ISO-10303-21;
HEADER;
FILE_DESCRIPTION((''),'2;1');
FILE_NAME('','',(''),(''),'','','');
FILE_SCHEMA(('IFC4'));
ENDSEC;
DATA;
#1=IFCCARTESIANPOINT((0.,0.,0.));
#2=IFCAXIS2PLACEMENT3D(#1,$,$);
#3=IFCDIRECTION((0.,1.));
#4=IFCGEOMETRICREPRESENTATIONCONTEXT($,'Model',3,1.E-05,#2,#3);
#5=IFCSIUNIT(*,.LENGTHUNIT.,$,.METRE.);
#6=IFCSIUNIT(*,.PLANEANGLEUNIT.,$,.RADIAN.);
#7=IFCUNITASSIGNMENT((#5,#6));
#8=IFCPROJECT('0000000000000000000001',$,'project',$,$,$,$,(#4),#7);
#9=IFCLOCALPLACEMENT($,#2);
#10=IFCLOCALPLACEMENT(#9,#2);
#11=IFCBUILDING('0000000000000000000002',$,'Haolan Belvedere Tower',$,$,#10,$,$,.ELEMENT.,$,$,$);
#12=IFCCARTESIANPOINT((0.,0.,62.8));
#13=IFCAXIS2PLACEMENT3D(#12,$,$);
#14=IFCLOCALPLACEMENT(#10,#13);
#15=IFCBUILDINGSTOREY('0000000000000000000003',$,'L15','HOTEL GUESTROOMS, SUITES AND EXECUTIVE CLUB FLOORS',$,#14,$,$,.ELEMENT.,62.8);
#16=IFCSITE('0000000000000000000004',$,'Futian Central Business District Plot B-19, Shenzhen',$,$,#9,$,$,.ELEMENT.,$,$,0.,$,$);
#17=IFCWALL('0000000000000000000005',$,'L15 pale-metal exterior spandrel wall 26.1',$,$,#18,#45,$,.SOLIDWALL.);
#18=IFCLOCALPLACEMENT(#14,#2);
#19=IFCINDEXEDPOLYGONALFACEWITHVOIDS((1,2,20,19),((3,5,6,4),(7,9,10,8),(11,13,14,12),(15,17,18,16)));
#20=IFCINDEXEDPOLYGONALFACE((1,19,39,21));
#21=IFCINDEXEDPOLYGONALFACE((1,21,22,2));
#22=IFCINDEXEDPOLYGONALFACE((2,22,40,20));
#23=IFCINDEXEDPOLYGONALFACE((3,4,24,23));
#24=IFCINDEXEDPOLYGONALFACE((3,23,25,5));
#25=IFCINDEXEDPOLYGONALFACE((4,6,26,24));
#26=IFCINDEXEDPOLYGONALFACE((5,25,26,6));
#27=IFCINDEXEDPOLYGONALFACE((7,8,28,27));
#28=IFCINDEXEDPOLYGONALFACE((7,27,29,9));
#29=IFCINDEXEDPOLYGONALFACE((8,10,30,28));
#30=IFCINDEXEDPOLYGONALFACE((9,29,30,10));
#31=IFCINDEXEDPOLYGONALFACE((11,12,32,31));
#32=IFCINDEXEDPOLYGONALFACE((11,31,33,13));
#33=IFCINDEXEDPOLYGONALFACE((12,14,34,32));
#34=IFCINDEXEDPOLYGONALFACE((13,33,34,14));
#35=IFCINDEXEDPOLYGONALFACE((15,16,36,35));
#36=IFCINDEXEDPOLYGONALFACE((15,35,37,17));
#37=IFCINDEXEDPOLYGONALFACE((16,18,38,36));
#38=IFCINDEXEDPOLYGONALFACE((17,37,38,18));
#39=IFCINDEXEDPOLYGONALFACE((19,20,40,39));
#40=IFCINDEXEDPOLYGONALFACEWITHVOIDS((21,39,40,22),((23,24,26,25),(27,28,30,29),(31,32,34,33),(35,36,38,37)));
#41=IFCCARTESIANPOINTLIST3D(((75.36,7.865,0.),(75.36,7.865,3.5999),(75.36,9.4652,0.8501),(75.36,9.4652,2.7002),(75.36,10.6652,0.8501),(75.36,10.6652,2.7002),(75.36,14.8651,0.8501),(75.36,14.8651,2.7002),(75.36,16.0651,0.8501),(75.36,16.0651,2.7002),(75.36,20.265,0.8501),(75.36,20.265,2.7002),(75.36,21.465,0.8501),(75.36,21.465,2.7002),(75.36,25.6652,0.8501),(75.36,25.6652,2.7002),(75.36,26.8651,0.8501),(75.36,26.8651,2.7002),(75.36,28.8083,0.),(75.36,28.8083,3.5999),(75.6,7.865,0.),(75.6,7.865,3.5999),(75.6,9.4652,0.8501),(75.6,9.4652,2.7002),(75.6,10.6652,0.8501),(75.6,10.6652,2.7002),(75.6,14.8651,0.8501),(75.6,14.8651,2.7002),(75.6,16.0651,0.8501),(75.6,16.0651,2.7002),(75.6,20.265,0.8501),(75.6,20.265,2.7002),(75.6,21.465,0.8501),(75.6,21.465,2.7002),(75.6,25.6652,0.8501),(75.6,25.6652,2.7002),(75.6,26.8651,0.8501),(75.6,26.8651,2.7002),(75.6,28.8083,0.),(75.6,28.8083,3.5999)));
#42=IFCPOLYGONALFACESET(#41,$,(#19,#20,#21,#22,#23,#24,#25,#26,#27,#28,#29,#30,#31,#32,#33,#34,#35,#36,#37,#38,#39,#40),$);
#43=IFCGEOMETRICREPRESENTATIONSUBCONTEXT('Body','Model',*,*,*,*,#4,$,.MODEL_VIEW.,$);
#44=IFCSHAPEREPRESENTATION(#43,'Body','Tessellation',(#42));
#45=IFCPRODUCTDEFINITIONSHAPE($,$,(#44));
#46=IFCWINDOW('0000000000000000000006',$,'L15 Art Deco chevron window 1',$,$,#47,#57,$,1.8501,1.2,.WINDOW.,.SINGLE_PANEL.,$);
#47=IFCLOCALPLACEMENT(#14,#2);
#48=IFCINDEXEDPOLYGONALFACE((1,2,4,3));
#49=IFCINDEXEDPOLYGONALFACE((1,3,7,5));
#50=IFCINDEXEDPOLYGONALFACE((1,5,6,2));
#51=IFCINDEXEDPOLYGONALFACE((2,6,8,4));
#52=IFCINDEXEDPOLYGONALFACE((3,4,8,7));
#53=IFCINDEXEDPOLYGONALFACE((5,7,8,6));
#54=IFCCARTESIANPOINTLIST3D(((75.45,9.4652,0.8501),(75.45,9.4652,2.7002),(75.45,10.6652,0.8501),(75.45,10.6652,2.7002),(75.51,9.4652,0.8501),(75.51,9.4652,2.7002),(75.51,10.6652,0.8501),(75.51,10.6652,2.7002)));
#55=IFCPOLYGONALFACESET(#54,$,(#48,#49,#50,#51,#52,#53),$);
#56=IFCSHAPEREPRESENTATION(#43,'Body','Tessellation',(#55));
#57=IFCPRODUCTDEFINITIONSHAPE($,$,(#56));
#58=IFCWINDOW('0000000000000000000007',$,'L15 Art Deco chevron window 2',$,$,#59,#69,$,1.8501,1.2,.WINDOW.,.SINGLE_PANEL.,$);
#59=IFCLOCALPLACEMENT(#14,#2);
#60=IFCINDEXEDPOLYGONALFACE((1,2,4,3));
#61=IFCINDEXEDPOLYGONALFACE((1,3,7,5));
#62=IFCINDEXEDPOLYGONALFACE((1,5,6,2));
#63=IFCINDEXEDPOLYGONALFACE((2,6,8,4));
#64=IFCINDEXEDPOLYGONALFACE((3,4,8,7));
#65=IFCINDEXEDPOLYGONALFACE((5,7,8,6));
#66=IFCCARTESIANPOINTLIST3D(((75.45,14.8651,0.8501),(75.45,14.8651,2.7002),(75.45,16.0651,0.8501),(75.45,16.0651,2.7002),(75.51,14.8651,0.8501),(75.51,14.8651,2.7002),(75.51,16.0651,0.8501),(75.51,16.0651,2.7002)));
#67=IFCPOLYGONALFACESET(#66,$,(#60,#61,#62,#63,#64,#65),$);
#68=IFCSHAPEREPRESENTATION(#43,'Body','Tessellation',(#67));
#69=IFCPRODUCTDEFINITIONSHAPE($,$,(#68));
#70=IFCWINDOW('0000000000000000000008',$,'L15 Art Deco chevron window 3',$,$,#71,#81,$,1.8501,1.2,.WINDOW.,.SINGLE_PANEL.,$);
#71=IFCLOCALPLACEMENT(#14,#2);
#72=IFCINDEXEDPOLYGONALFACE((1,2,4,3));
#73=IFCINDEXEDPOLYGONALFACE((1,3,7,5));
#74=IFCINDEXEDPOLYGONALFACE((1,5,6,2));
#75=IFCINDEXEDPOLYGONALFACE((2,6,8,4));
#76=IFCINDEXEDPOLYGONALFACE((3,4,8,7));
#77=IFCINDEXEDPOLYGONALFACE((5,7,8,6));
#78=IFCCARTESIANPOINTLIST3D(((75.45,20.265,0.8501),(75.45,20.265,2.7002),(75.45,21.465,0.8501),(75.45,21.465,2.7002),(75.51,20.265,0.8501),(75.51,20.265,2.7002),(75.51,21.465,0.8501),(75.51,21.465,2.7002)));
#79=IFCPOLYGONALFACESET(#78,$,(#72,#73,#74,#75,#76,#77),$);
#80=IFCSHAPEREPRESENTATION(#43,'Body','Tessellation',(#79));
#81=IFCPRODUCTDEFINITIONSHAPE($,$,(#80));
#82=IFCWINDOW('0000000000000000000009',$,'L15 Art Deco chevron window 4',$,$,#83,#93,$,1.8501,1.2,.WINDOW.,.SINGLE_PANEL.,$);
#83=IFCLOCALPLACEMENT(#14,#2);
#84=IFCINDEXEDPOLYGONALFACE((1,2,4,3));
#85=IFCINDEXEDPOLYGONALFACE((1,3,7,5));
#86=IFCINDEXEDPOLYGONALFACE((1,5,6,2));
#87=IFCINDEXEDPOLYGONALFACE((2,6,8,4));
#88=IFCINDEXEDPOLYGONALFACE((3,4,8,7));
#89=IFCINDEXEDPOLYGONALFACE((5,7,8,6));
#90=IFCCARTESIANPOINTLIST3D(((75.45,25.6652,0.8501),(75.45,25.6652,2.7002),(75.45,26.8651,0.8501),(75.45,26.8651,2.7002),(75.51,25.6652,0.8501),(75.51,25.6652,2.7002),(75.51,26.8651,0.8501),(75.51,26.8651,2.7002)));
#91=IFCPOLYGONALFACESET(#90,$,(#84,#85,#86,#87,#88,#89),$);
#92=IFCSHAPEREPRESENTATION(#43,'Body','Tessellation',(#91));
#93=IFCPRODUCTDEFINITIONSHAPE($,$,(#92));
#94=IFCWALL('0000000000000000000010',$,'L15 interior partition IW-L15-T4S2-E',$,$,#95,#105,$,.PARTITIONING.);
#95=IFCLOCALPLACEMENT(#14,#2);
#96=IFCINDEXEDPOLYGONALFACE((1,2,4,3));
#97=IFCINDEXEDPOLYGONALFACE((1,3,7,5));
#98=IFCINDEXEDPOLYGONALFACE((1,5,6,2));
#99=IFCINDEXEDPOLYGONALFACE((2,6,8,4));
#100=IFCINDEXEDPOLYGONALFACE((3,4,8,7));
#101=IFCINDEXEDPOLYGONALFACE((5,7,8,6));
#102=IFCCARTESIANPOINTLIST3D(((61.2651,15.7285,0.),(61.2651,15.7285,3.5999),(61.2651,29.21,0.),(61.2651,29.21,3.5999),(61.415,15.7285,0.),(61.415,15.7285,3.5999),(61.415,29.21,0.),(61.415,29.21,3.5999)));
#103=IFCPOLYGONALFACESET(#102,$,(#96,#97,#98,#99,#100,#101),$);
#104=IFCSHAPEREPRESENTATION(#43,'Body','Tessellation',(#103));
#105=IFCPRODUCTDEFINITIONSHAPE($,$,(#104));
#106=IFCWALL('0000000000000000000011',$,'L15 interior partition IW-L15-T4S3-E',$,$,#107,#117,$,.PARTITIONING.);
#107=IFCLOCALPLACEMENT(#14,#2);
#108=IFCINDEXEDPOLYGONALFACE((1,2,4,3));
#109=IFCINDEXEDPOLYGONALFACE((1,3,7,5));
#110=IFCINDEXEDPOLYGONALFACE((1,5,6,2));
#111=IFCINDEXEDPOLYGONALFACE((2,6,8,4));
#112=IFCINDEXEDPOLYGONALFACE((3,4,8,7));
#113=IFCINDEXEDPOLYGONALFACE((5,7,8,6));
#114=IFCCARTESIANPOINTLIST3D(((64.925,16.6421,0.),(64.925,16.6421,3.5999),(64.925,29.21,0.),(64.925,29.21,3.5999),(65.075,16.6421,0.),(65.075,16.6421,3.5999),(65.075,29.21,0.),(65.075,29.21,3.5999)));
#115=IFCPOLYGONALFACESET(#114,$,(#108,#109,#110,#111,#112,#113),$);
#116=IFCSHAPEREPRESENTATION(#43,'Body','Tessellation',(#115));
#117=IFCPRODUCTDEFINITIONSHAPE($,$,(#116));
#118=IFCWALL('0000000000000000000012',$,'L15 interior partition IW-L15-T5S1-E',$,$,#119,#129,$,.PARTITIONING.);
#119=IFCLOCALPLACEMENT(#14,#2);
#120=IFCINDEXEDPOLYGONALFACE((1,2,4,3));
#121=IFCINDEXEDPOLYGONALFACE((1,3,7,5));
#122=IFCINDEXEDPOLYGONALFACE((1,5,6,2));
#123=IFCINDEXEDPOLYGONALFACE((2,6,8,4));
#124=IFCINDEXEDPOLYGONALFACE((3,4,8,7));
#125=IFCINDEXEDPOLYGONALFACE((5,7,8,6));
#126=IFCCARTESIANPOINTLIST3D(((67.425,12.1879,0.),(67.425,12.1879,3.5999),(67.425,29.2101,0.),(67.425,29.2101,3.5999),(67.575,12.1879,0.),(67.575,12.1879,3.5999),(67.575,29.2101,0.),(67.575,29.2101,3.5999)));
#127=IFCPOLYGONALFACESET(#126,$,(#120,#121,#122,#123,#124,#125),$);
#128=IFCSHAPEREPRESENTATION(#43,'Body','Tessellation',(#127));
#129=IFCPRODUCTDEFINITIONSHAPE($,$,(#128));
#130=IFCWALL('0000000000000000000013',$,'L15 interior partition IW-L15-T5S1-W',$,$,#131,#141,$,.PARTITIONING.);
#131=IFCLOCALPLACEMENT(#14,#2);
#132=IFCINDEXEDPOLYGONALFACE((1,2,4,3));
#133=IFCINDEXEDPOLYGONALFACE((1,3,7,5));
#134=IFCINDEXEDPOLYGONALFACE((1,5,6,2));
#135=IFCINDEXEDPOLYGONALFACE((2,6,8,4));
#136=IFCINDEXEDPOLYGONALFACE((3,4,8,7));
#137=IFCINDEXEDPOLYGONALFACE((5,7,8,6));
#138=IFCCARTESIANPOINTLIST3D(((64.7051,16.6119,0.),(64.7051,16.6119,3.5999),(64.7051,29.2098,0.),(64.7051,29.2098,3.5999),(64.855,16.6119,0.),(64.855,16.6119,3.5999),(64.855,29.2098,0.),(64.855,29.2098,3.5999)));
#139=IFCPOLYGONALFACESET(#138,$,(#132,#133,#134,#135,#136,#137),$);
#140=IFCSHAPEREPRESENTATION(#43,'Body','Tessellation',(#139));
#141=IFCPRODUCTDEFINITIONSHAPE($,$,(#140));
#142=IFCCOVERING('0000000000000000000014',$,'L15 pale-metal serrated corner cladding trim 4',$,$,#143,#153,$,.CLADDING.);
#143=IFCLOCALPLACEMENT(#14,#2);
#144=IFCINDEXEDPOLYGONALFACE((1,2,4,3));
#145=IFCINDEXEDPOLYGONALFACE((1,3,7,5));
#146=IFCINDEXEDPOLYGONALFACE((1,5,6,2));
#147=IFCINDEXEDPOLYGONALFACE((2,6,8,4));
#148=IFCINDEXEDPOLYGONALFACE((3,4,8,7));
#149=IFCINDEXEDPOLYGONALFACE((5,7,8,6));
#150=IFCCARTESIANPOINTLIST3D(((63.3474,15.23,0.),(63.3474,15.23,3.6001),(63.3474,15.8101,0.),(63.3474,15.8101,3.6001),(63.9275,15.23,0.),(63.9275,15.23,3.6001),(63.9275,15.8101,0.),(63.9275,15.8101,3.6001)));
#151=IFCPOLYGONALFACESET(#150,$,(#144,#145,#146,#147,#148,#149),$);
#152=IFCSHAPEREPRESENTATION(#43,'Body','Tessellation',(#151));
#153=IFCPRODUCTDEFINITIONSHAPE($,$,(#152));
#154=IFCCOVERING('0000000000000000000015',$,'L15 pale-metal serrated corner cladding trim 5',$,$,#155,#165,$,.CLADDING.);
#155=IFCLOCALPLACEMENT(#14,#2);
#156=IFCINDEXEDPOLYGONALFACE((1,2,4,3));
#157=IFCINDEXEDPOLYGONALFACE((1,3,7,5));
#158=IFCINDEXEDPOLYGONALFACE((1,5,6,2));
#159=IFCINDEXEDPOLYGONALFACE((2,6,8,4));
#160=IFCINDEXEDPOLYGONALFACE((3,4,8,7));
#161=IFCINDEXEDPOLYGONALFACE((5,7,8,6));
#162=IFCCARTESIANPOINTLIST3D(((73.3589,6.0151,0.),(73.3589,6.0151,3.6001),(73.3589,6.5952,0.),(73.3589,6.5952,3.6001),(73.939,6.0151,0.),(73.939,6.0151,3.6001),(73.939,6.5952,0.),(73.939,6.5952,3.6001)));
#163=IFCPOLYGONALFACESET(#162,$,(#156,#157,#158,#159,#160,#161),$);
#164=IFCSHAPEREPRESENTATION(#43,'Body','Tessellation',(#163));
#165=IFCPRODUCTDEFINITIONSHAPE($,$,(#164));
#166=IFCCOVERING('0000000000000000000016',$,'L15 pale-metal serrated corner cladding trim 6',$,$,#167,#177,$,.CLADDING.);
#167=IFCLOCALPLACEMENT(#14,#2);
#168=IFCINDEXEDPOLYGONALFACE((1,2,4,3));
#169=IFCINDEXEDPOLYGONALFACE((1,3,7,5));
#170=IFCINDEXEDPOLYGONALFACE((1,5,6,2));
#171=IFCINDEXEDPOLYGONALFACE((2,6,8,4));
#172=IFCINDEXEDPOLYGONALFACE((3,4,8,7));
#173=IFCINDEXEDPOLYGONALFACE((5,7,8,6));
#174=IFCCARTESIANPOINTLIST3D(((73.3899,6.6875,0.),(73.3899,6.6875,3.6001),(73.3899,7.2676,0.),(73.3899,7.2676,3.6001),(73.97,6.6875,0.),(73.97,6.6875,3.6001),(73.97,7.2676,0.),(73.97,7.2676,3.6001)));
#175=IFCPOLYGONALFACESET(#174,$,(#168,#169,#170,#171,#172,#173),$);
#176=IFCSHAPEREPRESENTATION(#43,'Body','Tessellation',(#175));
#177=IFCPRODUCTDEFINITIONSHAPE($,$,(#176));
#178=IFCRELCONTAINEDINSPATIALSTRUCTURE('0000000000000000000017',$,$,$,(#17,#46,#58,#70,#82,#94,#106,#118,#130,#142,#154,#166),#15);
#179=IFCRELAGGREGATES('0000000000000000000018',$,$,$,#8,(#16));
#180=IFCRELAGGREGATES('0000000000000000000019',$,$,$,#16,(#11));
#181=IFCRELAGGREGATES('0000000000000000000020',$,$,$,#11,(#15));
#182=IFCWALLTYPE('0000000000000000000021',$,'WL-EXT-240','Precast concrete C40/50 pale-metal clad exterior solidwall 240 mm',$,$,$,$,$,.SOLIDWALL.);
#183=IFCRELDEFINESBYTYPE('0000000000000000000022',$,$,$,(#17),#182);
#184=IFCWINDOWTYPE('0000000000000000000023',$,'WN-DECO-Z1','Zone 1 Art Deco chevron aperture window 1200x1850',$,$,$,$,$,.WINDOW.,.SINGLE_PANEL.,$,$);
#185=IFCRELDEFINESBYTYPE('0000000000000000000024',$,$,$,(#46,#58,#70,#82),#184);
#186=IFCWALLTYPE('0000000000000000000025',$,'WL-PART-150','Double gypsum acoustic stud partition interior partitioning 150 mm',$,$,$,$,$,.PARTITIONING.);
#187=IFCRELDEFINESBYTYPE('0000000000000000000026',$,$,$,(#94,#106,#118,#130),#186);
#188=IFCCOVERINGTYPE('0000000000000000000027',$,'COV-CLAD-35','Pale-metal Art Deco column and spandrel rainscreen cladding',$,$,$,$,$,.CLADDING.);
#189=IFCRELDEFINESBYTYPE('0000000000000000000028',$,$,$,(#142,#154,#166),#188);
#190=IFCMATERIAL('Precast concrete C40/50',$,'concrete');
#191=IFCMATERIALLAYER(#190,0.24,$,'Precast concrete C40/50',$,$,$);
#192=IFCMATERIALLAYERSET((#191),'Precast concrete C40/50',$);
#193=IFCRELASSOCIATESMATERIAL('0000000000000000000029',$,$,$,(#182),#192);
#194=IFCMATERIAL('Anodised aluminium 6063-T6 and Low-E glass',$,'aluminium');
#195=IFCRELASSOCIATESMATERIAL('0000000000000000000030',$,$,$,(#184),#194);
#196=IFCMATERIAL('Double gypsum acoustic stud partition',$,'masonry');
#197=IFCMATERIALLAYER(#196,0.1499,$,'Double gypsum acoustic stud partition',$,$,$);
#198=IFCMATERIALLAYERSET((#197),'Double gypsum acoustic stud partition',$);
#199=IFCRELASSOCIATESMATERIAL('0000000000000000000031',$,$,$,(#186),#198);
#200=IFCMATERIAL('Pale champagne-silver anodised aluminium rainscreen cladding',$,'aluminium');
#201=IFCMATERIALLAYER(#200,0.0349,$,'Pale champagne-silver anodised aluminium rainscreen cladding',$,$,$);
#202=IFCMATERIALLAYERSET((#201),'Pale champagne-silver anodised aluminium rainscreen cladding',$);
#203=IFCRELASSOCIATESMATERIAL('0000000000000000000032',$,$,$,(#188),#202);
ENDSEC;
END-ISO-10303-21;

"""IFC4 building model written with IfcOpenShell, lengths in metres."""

from ifc_helpers import new_model, si_unit, direction, frame, frame_2d, origin, origin_2d, place, context, subcontext, project, spatial, rectangle, extrude, material, layer, layer_set, type_object, element, fill, save


model = new_model("IFC4")

# Units and contexts
model_context = context("Model", 3, precision=1e-05, world=origin(), true_north=direction((0.0, 1.0)))
body_context = subcontext(model_context, "Body", "Model", "MODEL_VIEW")
ifc_project = project(units=[si_unit("LENGTHUNIT", "METRE"), si_unit("PLANEANGLEUNIT", "RADIAN")], contexts=[model_context])

# Site, building, storey
site_placement = place(None, origin())
site = spatial("IfcSite", under=ifc_project, at=site_placement, Name="Futian Central Business District Plot B-19, Shenzhen", CompositionType="ELEMENT", RefElevation=0.0)
building_placement = place(site_placement, origin())
building = spatial("IfcBuilding", under=site, at=building_placement, Name="Haolan Belvedere Tower", CompositionType="ELEMENT")
storey_placement = place(building_placement, frame((0.0, 0.0, 62.8)))
storey = spatial("IfcBuildingStorey", under=building, at=storey_placement, Name="L15", Description="HOTEL GUESTROOMS, SUITES AND EXECUTIVE CLUB FLOORS", CompositionType="ELEMENT", Elevation=62.8)

# Shared definitions
ifc_material_1 = material(Name="Precast concrete C40/50", Category="concrete")
ifc_layer_1 = layer(ifc_material_1, 0.24, Name="Precast concrete C40/50")
ifc_layer_set_1 = layer_set([ifc_layer_1], Name="Precast concrete C40/50")
wall_type_1 = type_object("IfcWallType", Name="WL-EXT-240", Description="Precast concrete C40/50 pale-metal clad exterior solidwall 240 mm", PredefinedType="SOLIDWALL", material=ifc_layer_set_1)

# Shared definitions
ifc_material_2 = material(Name="Anodised aluminium 6063-T6 and Low-E glass", Category="aluminium")
window_type = type_object("IfcWindowType", Name="WN-DECO-Z1", Description="Zone 1 Art Deco chevron aperture window 1200x1850", PartitioningType="SINGLE_PANEL", PredefinedType="WINDOW", material=ifc_material_2)

# Wall, openings, windows
wall_1_placement = place(storey_placement, frame((75.48, 7.865, 0.0), z_axis=(0.0, 0.0, 1.0), x_axis=(0.0, 1.0, 0.0)))
wall_1 = element("IfcWall", 1, at=wall_1_placement, inside=storey, type_object=wall_type_1, Name="L15 pale-metal exterior spandrel wall 26.1", PredefinedType="SOLIDWALL", context=body_context, shape_type="SweptSolid", body=[
    extrude(rectangle(XDim=20.9434, YDim=0.24, at=frame_2d((10.4717, 0.0))), origin(), (0.0, 0.0, 1.0), 3.5999),
])
opening_1_placement = place(wall_1_placement, frame((1.6001, 0.0, 0.8501)))
opening_1 = element("IfcOpeningElement", 2, at=opening_1_placement, cuts=wall_1, PredefinedType="OPENING", context=body_context, shape_type="SweptSolid", body=[
    extrude(rectangle(XDim=1.2, YDim=1.8501, at=frame_2d((0.6001, 0.925))), frame((0.0, 0.1299, 0.0), z_axis=(0.0, -1.0, 0.0), x_axis=(1.0, 0.0, 0.0)), (0.0, 0.0, 1.0), 0.26),
])
opening_2_placement = place(wall_1_placement, frame((7.0, 0.0, 0.8501)))
opening_2 = element("IfcOpeningElement", 3, at=opening_2_placement, cuts=wall_1, PredefinedType="OPENING", context=body_context, shape_type="SweptSolid", body=[
    extrude(rectangle(XDim=1.2, YDim=1.8501, at=frame_2d((0.6001, 0.925))), frame((0.0, 0.1299, 0.0), z_axis=(0.0, -1.0, 0.0), x_axis=(1.0, 0.0, 0.0)), (0.0, 0.0, 1.0), 0.26),
])
opening_3_placement = place(wall_1_placement, frame((12.3999, 0.0, 0.8501)))
opening_3 = element("IfcOpeningElement", 4, at=opening_3_placement, cuts=wall_1, PredefinedType="OPENING", context=body_context, shape_type="SweptSolid", body=[
    extrude(rectangle(XDim=1.2, YDim=1.8501, at=frame_2d((0.6001, 0.925))), frame((0.0, 0.1299, 0.0), z_axis=(0.0, -1.0, 0.0), x_axis=(1.0, 0.0, 0.0)), (0.0, 0.0, 1.0), 0.26),
])
opening_4_placement = place(wall_1_placement, frame((17.8, 0.0, 0.8501)))
opening_4 = element("IfcOpeningElement", 5, at=opening_4_placement, cuts=wall_1, PredefinedType="OPENING", context=body_context, shape_type="SweptSolid", body=[
    extrude(rectangle(XDim=1.2, YDim=1.8501, at=frame_2d((0.6001, 0.925))), frame((0.0, 0.1299, 0.0), z_axis=(0.0, -1.0, 0.0), x_axis=(1.0, 0.0, 0.0)), (0.0, 0.0, 1.0), 0.26),
])
window_1_placement = place(opening_1_placement, origin())
window_1 = element("IfcWindow", 6, at=window_1_placement, inside=storey, type_object=window_type, Name="L15 Art Deco chevron window 1", OverallHeight=1.8501, OverallWidth=1.2, PartitioningType="SINGLE_PANEL", PredefinedType="WINDOW", context=body_context, shape_type="SweptSolid", body=[
    extrude(rectangle(XDim=1.2, YDim=1.8501, at=frame_2d((0.6001, 0.925))), frame((0.0, 0.03, 0.0), z_axis=(0.0, -1.0, 0.0), x_axis=(1.0, 0.0, 0.0)), (0.0, 0.0, 1.0), 0.0601),
])
fill(opening_1, window_1)
window_2_placement = place(opening_2_placement, origin())
window_2 = element("IfcWindow", 7, at=window_2_placement, inside=storey, type_object=window_type, Name="L15 Art Deco chevron window 2", OverallHeight=1.8501, OverallWidth=1.2, PartitioningType="SINGLE_PANEL", PredefinedType="WINDOW", context=body_context, shape_type="SweptSolid", body=[
    extrude(rectangle(XDim=1.2, YDim=1.8501, at=frame_2d((0.6001, 0.925))), frame((0.0, 0.03, 0.0), z_axis=(0.0, -1.0, 0.0), x_axis=(1.0, 0.0, 0.0)), (0.0, 0.0, 1.0), 0.0601),
])
fill(opening_2, window_2)
window_3_placement = place(opening_3_placement, origin())
window_3 = element("IfcWindow", 8, at=window_3_placement, inside=storey, type_object=window_type, Name="L15 Art Deco chevron window 3", OverallHeight=1.8501, OverallWidth=1.2, PartitioningType="SINGLE_PANEL", PredefinedType="WINDOW", context=body_context, shape_type="SweptSolid", body=[
    extrude(rectangle(XDim=1.2, YDim=1.8501, at=frame_2d((0.6001, 0.925))), frame((0.0, 0.03, 0.0), z_axis=(0.0, -1.0, 0.0), x_axis=(1.0, 0.0, 0.0)), (0.0, 0.0, 1.0), 0.0601),
])
fill(opening_3, window_3)
window_4_placement = place(opening_4_placement, origin())
window_4 = element("IfcWindow", 9, at=window_4_placement, inside=storey, type_object=window_type, Name="L15 Art Deco chevron window 4", OverallHeight=1.8501, OverallWidth=1.2, PartitioningType="SINGLE_PANEL", PredefinedType="WINDOW", context=body_context, shape_type="SweptSolid", body=[
    extrude(rectangle(XDim=1.2, YDim=1.8501, at=frame_2d((0.6001, 0.925))), frame((0.0, 0.03, 0.0), z_axis=(0.0, -1.0, 0.0), x_axis=(1.0, 0.0, 0.0)), (0.0, 0.0, 1.0), 0.0601),
])
fill(opening_4, window_4)

# Walls
ifc_material_3 = material(Name="Double gypsum acoustic stud partition", Category="masonry")
ifc_layer_2 = layer(ifc_material_3, 0.1499, Name="Double gypsum acoustic stud partition")
ifc_layer_set_2 = layer_set([ifc_layer_2], Name="Double gypsum acoustic stud partition")
wall_type_2 = type_object("IfcWallType", Name="WL-PART-150", Description="Double gypsum acoustic stud partition interior partitioning 150 mm", PredefinedType="PARTITIONING", material=ifc_layer_set_2)
wall_2_placement = place(storey_placement, frame((61.3401, 15.7285, 0.0), z_axis=(0.0, 0.0, 1.0), x_axis=(0.0, 1.0, 0.0)))
element("IfcWall", 10, at=wall_2_placement, inside=storey, type_object=wall_type_2, Name="L15 interior partition IW-L15-T4S2-E", PredefinedType="PARTITIONING", context=body_context, shape_type="SweptSolid", body=[
    extrude(rectangle(XDim=13.4814, YDim=0.1499, at=frame_2d((6.7407, 0.0))), origin(), (0.0, 0.0, 1.0), 3.5999),
])
wall_3_placement = place(storey_placement, frame((65.0, 16.6421, 0.0), z_axis=(0.0, 0.0, 1.0), x_axis=(0.0, 1.0, 0.0)))
element("IfcWall", 11, at=wall_3_placement, inside=storey, type_object=wall_type_2, Name="L15 interior partition IW-L15-T4S3-E", PredefinedType="PARTITIONING", context=body_context, shape_type="SweptSolid", body=[
    extrude(rectangle(XDim=12.5679, YDim=0.1499, at=frame_2d((6.2839, 0.0))), origin(), (0.0, 0.0, 1.0), 3.5999),
])
wall_4_placement = place(storey_placement, frame((67.5, 12.1877, 0.0), z_axis=(0.0, 0.0, 1.0), x_axis=(0.0, 1.0, 0.0)))
element("IfcWall", 12, at=wall_4_placement, inside=storey, type_object=wall_type_2, Name="L15 interior partition IW-L15-T5S1-E", PredefinedType="PARTITIONING", context=body_context, shape_type="SweptSolid", body=[
    extrude(rectangle(XDim=17.0222, YDim=0.1499, at=frame_2d((8.5112, 0.0))), origin(), (0.0, 0.0, 1.0), 3.5999),
])
wall_5_placement = place(storey_placement, frame((64.78, 16.6121, 0.0), z_axis=(0.0, 0.0, 1.0), x_axis=(0.0, 1.0, 0.0)))
element("IfcWall", 13, at=wall_5_placement, inside=storey, type_object=wall_type_2, Name="L15 interior partition IW-L15-T5S1-W", PredefinedType="PARTITIONING", context=body_context, shape_type="SweptSolid", body=[
    extrude(rectangle(XDim=12.5979, YDim=0.1499, at=frame_2d((6.2988, 0.0))), origin(), (0.0, 0.0, 1.0), 3.5999),
])

# Coverings
ifc_material_4 = material(Name="Pale champagne-silver anodised aluminium rainscreen cladding", Category="aluminium")
ifc_layer_3 = layer(ifc_material_4, 0.0349, Name="Pale champagne-silver anodised aluminium rainscreen cladding")
ifc_layer_set_3 = layer_set([ifc_layer_3], Name="Pale champagne-silver anodised aluminium rainscreen cladding")
covering_type = type_object("IfcCoveringType", Name="COV-CLAD-35", Description="Pale-metal Art Deco column and spandrel rainscreen cladding", PredefinedType="CLADDING", material=ifc_layer_set_3)
for number, where, z_axis, x_axis, name in (
    (14, (63.6375, 15.52, 0.0), (0.0, 0.0, 1.0), (1.0, 0.0, 0.0), "L15 pale-metal serrated corner cladding trim 4"),
    (15, (73.6489, 6.3052, 0.0), (0.0, 0.0, 1.0), (1.0, 0.0, 0.0), "L15 pale-metal serrated corner cladding trim 5"),
    (16, (73.6799, 6.9775, 0.0), (0.0, 0.0, 1.0), (1.0, 0.0, 0.0), "L15 pale-metal serrated corner cladding trim 6"),
):
    element("IfcCovering", number, at=place(storey_placement, frame(where, z_axis=z_axis, x_axis=x_axis)), inside=storey, type_object=covering_type, Name=name, PredefinedType="CLADDING", context=body_context, shape_type="SweptSolid", body=[
        extrude(rectangle(XDim=0.5801, YDim=0.5801, at=origin_2d()), origin(), (0.0, 0.0, 1.0), 3.6001),
    ])

save(model, "model.ifc")
